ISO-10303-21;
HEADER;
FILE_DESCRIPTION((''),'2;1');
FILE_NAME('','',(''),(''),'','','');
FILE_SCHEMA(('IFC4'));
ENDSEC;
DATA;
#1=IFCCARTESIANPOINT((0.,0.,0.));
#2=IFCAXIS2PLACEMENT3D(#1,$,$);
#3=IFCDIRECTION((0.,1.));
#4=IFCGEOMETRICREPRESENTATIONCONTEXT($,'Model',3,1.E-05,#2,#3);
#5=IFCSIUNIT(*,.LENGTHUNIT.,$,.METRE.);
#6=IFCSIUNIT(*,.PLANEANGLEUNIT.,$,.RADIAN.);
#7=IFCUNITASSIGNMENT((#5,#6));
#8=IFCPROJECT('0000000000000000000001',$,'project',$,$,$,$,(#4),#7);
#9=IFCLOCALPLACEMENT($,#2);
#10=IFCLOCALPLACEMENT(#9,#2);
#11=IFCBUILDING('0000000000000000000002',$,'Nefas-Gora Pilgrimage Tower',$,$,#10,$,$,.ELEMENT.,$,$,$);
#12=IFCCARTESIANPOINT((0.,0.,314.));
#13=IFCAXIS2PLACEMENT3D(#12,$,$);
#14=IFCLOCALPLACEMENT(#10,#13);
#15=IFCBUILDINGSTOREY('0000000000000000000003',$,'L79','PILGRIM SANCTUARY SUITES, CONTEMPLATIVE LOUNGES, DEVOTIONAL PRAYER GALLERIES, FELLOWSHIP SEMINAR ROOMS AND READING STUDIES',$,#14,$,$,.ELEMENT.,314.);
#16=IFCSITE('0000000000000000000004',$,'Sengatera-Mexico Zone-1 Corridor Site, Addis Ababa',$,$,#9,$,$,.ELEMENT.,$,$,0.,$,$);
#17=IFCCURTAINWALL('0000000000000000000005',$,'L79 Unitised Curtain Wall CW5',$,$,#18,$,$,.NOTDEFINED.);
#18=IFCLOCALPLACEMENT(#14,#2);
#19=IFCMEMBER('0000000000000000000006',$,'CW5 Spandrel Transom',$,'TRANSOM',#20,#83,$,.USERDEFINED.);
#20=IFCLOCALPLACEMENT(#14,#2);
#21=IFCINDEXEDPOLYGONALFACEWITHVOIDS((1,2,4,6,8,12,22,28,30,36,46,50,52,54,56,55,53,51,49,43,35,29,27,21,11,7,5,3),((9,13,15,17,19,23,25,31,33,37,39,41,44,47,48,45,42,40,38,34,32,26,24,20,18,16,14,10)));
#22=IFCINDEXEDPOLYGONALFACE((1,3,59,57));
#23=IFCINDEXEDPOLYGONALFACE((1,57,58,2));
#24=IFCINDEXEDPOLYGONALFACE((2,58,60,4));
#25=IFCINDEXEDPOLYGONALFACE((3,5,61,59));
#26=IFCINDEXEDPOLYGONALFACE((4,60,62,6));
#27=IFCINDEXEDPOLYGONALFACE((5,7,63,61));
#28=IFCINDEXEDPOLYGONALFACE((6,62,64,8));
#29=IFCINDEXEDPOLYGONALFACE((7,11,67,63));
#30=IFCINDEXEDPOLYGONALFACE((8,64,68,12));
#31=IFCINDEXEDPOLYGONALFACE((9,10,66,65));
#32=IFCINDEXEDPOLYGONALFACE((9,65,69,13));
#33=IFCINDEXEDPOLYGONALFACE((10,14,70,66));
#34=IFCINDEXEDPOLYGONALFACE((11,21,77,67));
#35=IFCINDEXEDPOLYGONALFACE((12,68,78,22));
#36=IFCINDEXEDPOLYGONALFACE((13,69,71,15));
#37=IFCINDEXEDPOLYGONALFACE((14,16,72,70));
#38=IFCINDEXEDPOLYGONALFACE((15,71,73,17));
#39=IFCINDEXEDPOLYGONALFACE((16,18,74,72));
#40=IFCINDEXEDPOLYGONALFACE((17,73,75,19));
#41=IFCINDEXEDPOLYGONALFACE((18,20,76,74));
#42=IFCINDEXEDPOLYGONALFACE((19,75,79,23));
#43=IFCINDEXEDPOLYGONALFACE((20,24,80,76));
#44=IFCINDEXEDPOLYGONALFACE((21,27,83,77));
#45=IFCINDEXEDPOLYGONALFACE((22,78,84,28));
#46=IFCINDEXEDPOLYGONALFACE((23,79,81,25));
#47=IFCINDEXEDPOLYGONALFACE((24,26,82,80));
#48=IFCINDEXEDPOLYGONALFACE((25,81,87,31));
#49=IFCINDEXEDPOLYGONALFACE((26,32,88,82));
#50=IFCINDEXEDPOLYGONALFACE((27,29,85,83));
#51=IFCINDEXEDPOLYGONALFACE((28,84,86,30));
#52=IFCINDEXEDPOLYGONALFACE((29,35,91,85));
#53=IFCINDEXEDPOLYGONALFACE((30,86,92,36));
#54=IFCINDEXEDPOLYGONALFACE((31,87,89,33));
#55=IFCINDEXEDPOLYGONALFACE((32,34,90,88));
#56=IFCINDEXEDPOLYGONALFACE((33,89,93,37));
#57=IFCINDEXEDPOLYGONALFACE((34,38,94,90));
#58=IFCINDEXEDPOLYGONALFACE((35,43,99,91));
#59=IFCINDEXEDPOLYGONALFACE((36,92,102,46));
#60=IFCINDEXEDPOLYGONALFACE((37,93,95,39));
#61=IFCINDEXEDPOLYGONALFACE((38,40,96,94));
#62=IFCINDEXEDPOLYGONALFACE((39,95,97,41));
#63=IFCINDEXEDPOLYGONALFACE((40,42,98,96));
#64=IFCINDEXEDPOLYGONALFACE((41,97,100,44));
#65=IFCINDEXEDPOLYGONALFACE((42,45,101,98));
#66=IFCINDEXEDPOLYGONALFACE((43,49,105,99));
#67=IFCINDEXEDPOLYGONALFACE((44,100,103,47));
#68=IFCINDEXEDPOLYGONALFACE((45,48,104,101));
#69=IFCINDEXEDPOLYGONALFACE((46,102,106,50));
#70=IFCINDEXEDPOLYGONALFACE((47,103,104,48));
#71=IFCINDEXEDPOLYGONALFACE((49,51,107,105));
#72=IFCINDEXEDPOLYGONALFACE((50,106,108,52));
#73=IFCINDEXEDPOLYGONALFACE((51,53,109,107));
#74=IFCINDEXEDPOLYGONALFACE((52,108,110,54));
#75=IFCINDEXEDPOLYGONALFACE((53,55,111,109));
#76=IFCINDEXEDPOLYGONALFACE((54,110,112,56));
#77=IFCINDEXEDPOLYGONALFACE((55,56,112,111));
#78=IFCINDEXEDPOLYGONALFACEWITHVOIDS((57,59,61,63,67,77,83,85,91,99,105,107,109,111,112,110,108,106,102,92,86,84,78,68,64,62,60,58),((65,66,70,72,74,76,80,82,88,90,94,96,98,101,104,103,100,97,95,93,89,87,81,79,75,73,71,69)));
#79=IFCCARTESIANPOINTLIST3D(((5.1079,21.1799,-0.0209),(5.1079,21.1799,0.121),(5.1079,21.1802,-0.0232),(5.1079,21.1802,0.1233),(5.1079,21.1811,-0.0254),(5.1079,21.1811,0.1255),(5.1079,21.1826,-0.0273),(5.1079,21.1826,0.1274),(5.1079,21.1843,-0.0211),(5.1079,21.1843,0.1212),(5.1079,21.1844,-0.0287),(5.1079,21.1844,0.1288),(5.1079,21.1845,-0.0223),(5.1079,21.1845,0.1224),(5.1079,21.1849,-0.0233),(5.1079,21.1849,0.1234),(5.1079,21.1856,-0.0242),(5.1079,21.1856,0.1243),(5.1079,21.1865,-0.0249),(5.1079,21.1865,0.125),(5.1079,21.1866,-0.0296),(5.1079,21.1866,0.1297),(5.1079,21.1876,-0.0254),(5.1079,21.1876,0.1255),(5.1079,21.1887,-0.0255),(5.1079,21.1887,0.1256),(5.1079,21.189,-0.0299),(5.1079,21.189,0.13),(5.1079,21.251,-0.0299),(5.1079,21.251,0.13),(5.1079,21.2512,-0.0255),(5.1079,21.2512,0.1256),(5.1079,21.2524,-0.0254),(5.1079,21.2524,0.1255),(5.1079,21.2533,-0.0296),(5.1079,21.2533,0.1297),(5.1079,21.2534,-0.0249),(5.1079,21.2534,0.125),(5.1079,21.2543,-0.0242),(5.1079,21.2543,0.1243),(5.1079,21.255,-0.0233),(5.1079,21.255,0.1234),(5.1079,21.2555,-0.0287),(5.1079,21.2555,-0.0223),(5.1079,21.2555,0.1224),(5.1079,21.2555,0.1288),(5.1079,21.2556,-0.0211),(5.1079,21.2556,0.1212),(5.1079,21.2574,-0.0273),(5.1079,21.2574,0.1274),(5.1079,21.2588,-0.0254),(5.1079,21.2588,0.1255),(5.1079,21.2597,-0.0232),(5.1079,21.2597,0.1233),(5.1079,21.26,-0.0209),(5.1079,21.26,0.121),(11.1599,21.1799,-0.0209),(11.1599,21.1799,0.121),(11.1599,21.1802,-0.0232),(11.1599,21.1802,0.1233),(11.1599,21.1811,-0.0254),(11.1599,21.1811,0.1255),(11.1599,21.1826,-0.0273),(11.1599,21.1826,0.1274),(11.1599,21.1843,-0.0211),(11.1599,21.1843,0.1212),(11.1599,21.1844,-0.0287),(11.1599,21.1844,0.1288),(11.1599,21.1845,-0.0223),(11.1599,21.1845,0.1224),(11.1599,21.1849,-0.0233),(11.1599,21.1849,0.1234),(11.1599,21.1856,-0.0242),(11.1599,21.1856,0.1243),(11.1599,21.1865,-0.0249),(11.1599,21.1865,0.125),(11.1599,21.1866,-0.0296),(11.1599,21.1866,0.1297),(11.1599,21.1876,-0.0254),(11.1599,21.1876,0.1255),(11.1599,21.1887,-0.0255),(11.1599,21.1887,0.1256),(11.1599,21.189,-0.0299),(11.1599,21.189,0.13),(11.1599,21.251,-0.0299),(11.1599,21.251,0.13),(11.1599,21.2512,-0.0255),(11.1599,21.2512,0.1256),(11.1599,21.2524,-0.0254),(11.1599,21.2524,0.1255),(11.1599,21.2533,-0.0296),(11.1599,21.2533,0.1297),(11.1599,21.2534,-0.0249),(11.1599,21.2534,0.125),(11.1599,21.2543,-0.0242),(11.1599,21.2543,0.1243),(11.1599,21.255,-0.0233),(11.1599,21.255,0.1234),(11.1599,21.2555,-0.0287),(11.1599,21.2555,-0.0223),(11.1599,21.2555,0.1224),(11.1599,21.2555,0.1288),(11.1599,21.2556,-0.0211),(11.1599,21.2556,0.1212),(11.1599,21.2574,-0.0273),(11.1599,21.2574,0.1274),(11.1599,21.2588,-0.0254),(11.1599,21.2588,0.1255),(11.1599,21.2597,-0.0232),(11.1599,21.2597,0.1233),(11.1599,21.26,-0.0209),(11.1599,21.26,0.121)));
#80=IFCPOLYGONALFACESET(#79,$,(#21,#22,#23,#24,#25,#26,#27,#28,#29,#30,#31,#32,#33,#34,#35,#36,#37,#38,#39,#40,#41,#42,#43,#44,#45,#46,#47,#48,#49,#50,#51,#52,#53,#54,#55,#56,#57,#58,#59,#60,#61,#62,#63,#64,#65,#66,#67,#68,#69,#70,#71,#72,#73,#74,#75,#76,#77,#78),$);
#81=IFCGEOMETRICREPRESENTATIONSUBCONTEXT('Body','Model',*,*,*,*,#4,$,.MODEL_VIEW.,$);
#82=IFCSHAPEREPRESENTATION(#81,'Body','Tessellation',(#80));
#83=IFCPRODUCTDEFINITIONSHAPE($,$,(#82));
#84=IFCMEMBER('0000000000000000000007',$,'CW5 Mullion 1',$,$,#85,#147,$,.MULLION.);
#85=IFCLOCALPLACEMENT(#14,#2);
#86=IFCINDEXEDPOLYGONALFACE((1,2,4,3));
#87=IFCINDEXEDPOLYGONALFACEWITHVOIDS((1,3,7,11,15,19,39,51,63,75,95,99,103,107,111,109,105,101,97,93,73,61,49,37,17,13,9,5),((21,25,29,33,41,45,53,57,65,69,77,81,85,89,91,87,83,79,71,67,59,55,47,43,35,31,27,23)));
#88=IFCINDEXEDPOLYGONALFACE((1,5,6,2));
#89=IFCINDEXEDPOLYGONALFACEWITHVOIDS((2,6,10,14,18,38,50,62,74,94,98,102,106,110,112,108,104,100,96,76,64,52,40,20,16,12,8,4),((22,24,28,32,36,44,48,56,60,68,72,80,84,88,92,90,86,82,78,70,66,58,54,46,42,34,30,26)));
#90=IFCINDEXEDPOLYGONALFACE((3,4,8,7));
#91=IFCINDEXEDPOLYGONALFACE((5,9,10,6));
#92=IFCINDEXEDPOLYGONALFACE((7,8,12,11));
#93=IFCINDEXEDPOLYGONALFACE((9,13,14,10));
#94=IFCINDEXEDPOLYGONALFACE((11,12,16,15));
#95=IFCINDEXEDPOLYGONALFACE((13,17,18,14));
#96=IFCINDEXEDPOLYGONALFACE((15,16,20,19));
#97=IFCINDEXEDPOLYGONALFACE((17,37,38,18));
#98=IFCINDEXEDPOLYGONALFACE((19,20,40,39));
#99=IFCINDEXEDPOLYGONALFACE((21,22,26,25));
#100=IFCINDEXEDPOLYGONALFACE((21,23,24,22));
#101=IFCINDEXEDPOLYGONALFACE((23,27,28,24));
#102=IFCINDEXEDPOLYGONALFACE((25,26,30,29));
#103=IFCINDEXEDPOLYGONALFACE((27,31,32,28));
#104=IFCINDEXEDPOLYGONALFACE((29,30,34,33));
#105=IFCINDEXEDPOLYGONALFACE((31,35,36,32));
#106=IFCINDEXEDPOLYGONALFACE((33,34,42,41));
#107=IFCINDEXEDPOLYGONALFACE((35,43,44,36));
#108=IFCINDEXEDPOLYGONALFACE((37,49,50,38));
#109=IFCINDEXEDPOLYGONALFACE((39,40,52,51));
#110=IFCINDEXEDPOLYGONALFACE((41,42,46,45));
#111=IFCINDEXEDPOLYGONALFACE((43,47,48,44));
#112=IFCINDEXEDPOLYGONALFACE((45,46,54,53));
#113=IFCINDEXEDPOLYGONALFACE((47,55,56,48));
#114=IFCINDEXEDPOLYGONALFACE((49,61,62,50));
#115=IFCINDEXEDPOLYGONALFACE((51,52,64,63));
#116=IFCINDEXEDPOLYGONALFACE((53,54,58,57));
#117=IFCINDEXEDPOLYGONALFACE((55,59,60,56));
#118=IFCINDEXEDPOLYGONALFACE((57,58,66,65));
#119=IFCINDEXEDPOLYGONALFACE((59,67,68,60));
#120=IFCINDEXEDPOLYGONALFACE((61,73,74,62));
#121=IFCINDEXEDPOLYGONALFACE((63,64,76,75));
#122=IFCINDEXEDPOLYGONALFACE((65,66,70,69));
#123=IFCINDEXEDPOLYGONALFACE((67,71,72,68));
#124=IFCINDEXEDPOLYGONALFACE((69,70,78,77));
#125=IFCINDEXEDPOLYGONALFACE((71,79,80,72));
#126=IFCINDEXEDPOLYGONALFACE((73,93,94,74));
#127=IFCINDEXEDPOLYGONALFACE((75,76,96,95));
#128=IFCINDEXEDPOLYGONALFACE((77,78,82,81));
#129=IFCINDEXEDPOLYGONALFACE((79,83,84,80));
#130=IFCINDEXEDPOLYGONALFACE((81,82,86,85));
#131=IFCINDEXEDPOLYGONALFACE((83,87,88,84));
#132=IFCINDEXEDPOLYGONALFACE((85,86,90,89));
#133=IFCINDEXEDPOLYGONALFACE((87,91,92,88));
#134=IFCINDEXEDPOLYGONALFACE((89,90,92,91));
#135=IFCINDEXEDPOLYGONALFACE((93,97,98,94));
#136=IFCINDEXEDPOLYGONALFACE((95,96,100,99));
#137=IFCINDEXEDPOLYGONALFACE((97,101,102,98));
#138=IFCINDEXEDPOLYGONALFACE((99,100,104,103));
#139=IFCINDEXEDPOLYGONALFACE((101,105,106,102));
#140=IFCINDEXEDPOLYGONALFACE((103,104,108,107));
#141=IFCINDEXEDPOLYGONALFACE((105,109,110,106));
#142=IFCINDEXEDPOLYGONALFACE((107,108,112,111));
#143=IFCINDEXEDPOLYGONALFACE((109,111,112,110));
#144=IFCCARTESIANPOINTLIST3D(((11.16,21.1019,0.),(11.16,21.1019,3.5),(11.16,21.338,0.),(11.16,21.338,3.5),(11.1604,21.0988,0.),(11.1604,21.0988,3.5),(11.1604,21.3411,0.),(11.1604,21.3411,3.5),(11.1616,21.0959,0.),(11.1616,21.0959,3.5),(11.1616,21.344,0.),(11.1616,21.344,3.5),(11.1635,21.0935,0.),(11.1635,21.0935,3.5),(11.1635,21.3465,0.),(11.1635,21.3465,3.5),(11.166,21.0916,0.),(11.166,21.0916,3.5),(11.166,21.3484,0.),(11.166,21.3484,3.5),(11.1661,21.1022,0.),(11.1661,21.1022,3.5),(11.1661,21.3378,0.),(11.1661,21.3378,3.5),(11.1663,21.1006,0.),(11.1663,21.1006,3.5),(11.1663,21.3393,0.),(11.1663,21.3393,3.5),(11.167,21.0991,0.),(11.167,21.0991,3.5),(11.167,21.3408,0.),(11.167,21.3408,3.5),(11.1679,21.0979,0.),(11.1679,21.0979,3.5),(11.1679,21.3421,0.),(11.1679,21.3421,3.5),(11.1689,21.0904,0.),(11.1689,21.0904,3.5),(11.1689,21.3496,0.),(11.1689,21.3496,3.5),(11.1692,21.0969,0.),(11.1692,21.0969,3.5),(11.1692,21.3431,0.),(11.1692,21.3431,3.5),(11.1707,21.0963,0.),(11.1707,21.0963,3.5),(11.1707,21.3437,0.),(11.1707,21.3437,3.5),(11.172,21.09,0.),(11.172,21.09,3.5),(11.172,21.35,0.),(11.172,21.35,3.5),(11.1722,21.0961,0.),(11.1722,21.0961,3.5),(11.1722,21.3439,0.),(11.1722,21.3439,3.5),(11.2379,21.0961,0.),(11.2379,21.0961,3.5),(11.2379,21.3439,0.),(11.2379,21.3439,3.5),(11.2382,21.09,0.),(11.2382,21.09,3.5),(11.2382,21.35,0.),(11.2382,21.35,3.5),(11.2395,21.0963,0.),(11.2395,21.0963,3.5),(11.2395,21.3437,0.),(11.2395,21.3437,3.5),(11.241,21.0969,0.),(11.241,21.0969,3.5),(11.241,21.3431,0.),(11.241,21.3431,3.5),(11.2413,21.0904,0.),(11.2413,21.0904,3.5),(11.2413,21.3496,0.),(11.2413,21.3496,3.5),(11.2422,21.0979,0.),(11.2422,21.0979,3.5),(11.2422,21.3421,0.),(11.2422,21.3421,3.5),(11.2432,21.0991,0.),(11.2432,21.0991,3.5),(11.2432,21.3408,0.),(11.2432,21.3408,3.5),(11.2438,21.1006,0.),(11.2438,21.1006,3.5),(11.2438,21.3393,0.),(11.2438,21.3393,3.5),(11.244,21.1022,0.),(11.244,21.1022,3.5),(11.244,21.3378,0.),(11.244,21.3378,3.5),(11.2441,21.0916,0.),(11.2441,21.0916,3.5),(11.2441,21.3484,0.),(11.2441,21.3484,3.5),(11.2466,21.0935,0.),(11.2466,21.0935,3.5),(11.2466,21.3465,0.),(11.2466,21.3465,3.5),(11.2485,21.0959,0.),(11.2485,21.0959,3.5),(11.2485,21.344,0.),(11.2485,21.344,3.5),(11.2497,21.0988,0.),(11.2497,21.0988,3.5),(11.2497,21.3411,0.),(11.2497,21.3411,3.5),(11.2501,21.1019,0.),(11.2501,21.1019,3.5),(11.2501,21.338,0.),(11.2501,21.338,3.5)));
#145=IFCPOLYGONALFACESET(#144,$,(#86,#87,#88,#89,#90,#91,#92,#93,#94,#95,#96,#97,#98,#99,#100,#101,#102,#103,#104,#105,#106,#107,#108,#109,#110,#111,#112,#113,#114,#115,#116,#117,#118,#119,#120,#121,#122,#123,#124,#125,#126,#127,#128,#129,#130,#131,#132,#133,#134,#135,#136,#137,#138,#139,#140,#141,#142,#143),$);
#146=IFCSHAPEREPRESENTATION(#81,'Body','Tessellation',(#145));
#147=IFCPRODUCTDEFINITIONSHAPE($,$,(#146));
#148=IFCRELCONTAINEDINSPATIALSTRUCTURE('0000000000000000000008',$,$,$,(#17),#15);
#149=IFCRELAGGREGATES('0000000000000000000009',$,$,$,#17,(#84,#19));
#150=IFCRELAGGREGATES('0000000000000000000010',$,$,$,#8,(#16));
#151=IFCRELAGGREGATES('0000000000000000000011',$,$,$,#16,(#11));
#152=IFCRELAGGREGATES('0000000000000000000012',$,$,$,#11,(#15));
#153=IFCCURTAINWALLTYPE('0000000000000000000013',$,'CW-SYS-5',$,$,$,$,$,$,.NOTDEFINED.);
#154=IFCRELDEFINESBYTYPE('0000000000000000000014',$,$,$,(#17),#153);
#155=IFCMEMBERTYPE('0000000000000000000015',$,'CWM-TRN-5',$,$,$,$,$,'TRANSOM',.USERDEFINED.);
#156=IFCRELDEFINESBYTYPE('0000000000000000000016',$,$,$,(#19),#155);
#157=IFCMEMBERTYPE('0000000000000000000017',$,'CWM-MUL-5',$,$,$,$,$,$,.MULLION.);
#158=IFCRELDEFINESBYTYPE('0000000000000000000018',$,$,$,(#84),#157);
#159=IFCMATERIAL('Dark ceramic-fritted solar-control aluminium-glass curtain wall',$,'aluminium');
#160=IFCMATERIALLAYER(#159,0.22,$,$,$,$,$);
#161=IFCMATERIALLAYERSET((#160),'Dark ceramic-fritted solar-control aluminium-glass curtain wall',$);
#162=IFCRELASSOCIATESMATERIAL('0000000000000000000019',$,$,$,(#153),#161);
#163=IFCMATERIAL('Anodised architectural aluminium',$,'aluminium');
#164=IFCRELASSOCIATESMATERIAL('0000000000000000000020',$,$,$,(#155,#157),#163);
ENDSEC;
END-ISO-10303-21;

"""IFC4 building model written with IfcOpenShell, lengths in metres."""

from ifc_helpers import new_model, si_unit, direction, frame, origin, origin_2d, place, context, subcontext, project, spatial, hollow_rectangle, extrude, source, transform, mapped, material, layer, layer_set, material_profile, profile_set, type_object, element, aggregate, save


model = new_model("IFC4")

# Units and contexts
model_context = context("Model", 3, precision=1e-05, world=origin(), true_north=direction((0.0, 1.0)))
body_context = subcontext(model_context, "Body", "Model", "MODEL_VIEW")
ifc_project = project(units=[si_unit("LENGTHUNIT", "METRE"), si_unit("PLANEANGLEUNIT", "RADIAN")], contexts=[model_context])

# Site, building, storey
site_placement = place(None, origin())
site = spatial("IfcSite", under=ifc_project, at=site_placement, Name="Sengatera-Mexico Zone-1 Corridor Site, Addis Ababa", CompositionType="ELEMENT", RefElevation=0.0)
building_placement = place(site_placement, origin())
building = spatial("IfcBuilding", under=site, at=building_placement, Name="Nefas-Gora Pilgrimage Tower", CompositionType="ELEMENT")
storey_placement = place(building_placement, frame((0.0, 0.0, 314.0)))
storey = spatial("IfcBuildingStorey", under=building, at=storey_placement, Name="L79", Description="PILGRIM SANCTUARY SUITES, CONTEMPLATIVE LOUNGES, DEVOTIONAL PRAYER GALLERIES, FELLOWSHIP SEMINAR ROOMS AND READING STUDIES", CompositionType="ELEMENT", Elevation=314.0)

# Curtain wall, members
ifc_material_1 = material(Name="Dark ceramic-fritted solar-control aluminium-glass curtain wall", Category="aluminium")
ifc_layer_1 = layer(ifc_material_1, 0.22)
ifc_layer_set_1 = layer_set([ifc_layer_1], Name="Dark ceramic-fritted solar-control aluminium-glass curtain wall")
curtain_wall_type_1 = type_object("IfcCurtainWallType", Name="CW-SYS-5", PredefinedType="NOTDEFINED", material=ifc_layer_set_1)
curtain_wall_1_placement = place(storey_placement, origin())
curtain_wall_1 = element("IfcCurtainWall", 1, at=curtain_wall_1_placement, inside=storey, type_object=curtain_wall_type_1, Name="L79 Unitised Curtain Wall CW5", PredefinedType="NOTDEFINED")
ifc_material_2 = material(Name="Anodised architectural aluminium", Category="aluminium")
ifc_material_profile_1 = material_profile(ifc_material_2, hollow_rectangle(XDim=0.0801, YDim=0.1599, WallThickness=0.0044, InnerFilletRadius=0.0044, OuterFilletRadius=0.009, at=origin_2d()), Name="ALU TRANSOM 80x160")
ifc_profile_set_1 = profile_set([ifc_material_profile_1], Name="Anodised architectural aluminium")
member_type_1 = type_object("IfcMemberType", Name="CWM-TRN-5", ElementType="TRANSOM", PredefinedType="USERDEFINED", material=ifc_profile_set_1)
shared_shape_1 = source(origin(), body_context, "Body", "SweptSolid", [
    extrude(hollow_rectangle(XDim=0.0801, YDim=0.1599, WallThickness=0.0044, InnerFilletRadius=0.0044, OuterFilletRadius=0.009, at=origin_2d()), origin(), (0.0, 0.0, 1.0), 6.052),
])
member_1_placement = place(storey_placement, frame((11.1599, 21.22, 0.05), z_axis=(-1.0, 0.0, 0.0), x_axis=(0.0, -1.0, 0.0)))
member_1 = element("IfcMember", 2, at=member_1_placement, type_object=member_type_1, Name="CW5 Spandrel Transom", ObjectType="TRANSOM", PredefinedType="USERDEFINED", context=body_context, shape_type="MappedRepresentation", body=[
    mapped(shared_shape_1, transform((0.0, 0.0, 0.0), x_axis=(1.0, 0.0, 0.0), y_axis=(0.0, 1.0, 0.0), z_axis=(0.0, 0.0, 1.0), scale=1.0)),
])
ifc_material_profile_2 = material_profile(ifc_material_2, hollow_rectangle(XDim=0.0901, YDim=0.26, WallThickness=0.0061, InnerFilletRadius=0.0061, OuterFilletRadius=0.012, at=origin_2d()), Name="ALU MULLION 90x260")
ifc_profile_set_2 = profile_set([ifc_material_profile_2], Name="Anodised architectural aluminium")
member_type_2 = type_object("IfcMemberType", Name="CWM-MUL-5", PredefinedType="MULLION", material=ifc_profile_set_2)
shared_shape_2 = source(origin(), body_context, "Body", "SweptSolid", [
    extrude(hollow_rectangle(XDim=0.0901, YDim=0.26, WallThickness=0.0061, InnerFilletRadius=0.0061, OuterFilletRadius=0.012, at=origin_2d()), origin(), (0.0, 0.0, 1.0), 3.5),
])
member_2_placement = place(storey_placement, frame((11.2051, 21.22, 0.0), z_axis=(0.0, 0.0, 1.0), x_axis=(-1.0, 0.0, 0.0)))
member_2 = element("IfcMember", 3, at=member_2_placement, type_object=member_type_2, Name="CW5 Mullion 1", PredefinedType="MULLION", context=body_context, shape_type="MappedRepresentation", body=[
    mapped(shared_shape_2, transform((0.0, 0.0, 0.0), x_axis=(1.0, 0.0, 0.0), y_axis=(0.0, 1.0, 0.0), z_axis=(0.0, 0.0, 1.0), scale=1.0)),
])

aggregate(curtain_wall_1, [member_2, member_1])

save(model, "model.ifc")
